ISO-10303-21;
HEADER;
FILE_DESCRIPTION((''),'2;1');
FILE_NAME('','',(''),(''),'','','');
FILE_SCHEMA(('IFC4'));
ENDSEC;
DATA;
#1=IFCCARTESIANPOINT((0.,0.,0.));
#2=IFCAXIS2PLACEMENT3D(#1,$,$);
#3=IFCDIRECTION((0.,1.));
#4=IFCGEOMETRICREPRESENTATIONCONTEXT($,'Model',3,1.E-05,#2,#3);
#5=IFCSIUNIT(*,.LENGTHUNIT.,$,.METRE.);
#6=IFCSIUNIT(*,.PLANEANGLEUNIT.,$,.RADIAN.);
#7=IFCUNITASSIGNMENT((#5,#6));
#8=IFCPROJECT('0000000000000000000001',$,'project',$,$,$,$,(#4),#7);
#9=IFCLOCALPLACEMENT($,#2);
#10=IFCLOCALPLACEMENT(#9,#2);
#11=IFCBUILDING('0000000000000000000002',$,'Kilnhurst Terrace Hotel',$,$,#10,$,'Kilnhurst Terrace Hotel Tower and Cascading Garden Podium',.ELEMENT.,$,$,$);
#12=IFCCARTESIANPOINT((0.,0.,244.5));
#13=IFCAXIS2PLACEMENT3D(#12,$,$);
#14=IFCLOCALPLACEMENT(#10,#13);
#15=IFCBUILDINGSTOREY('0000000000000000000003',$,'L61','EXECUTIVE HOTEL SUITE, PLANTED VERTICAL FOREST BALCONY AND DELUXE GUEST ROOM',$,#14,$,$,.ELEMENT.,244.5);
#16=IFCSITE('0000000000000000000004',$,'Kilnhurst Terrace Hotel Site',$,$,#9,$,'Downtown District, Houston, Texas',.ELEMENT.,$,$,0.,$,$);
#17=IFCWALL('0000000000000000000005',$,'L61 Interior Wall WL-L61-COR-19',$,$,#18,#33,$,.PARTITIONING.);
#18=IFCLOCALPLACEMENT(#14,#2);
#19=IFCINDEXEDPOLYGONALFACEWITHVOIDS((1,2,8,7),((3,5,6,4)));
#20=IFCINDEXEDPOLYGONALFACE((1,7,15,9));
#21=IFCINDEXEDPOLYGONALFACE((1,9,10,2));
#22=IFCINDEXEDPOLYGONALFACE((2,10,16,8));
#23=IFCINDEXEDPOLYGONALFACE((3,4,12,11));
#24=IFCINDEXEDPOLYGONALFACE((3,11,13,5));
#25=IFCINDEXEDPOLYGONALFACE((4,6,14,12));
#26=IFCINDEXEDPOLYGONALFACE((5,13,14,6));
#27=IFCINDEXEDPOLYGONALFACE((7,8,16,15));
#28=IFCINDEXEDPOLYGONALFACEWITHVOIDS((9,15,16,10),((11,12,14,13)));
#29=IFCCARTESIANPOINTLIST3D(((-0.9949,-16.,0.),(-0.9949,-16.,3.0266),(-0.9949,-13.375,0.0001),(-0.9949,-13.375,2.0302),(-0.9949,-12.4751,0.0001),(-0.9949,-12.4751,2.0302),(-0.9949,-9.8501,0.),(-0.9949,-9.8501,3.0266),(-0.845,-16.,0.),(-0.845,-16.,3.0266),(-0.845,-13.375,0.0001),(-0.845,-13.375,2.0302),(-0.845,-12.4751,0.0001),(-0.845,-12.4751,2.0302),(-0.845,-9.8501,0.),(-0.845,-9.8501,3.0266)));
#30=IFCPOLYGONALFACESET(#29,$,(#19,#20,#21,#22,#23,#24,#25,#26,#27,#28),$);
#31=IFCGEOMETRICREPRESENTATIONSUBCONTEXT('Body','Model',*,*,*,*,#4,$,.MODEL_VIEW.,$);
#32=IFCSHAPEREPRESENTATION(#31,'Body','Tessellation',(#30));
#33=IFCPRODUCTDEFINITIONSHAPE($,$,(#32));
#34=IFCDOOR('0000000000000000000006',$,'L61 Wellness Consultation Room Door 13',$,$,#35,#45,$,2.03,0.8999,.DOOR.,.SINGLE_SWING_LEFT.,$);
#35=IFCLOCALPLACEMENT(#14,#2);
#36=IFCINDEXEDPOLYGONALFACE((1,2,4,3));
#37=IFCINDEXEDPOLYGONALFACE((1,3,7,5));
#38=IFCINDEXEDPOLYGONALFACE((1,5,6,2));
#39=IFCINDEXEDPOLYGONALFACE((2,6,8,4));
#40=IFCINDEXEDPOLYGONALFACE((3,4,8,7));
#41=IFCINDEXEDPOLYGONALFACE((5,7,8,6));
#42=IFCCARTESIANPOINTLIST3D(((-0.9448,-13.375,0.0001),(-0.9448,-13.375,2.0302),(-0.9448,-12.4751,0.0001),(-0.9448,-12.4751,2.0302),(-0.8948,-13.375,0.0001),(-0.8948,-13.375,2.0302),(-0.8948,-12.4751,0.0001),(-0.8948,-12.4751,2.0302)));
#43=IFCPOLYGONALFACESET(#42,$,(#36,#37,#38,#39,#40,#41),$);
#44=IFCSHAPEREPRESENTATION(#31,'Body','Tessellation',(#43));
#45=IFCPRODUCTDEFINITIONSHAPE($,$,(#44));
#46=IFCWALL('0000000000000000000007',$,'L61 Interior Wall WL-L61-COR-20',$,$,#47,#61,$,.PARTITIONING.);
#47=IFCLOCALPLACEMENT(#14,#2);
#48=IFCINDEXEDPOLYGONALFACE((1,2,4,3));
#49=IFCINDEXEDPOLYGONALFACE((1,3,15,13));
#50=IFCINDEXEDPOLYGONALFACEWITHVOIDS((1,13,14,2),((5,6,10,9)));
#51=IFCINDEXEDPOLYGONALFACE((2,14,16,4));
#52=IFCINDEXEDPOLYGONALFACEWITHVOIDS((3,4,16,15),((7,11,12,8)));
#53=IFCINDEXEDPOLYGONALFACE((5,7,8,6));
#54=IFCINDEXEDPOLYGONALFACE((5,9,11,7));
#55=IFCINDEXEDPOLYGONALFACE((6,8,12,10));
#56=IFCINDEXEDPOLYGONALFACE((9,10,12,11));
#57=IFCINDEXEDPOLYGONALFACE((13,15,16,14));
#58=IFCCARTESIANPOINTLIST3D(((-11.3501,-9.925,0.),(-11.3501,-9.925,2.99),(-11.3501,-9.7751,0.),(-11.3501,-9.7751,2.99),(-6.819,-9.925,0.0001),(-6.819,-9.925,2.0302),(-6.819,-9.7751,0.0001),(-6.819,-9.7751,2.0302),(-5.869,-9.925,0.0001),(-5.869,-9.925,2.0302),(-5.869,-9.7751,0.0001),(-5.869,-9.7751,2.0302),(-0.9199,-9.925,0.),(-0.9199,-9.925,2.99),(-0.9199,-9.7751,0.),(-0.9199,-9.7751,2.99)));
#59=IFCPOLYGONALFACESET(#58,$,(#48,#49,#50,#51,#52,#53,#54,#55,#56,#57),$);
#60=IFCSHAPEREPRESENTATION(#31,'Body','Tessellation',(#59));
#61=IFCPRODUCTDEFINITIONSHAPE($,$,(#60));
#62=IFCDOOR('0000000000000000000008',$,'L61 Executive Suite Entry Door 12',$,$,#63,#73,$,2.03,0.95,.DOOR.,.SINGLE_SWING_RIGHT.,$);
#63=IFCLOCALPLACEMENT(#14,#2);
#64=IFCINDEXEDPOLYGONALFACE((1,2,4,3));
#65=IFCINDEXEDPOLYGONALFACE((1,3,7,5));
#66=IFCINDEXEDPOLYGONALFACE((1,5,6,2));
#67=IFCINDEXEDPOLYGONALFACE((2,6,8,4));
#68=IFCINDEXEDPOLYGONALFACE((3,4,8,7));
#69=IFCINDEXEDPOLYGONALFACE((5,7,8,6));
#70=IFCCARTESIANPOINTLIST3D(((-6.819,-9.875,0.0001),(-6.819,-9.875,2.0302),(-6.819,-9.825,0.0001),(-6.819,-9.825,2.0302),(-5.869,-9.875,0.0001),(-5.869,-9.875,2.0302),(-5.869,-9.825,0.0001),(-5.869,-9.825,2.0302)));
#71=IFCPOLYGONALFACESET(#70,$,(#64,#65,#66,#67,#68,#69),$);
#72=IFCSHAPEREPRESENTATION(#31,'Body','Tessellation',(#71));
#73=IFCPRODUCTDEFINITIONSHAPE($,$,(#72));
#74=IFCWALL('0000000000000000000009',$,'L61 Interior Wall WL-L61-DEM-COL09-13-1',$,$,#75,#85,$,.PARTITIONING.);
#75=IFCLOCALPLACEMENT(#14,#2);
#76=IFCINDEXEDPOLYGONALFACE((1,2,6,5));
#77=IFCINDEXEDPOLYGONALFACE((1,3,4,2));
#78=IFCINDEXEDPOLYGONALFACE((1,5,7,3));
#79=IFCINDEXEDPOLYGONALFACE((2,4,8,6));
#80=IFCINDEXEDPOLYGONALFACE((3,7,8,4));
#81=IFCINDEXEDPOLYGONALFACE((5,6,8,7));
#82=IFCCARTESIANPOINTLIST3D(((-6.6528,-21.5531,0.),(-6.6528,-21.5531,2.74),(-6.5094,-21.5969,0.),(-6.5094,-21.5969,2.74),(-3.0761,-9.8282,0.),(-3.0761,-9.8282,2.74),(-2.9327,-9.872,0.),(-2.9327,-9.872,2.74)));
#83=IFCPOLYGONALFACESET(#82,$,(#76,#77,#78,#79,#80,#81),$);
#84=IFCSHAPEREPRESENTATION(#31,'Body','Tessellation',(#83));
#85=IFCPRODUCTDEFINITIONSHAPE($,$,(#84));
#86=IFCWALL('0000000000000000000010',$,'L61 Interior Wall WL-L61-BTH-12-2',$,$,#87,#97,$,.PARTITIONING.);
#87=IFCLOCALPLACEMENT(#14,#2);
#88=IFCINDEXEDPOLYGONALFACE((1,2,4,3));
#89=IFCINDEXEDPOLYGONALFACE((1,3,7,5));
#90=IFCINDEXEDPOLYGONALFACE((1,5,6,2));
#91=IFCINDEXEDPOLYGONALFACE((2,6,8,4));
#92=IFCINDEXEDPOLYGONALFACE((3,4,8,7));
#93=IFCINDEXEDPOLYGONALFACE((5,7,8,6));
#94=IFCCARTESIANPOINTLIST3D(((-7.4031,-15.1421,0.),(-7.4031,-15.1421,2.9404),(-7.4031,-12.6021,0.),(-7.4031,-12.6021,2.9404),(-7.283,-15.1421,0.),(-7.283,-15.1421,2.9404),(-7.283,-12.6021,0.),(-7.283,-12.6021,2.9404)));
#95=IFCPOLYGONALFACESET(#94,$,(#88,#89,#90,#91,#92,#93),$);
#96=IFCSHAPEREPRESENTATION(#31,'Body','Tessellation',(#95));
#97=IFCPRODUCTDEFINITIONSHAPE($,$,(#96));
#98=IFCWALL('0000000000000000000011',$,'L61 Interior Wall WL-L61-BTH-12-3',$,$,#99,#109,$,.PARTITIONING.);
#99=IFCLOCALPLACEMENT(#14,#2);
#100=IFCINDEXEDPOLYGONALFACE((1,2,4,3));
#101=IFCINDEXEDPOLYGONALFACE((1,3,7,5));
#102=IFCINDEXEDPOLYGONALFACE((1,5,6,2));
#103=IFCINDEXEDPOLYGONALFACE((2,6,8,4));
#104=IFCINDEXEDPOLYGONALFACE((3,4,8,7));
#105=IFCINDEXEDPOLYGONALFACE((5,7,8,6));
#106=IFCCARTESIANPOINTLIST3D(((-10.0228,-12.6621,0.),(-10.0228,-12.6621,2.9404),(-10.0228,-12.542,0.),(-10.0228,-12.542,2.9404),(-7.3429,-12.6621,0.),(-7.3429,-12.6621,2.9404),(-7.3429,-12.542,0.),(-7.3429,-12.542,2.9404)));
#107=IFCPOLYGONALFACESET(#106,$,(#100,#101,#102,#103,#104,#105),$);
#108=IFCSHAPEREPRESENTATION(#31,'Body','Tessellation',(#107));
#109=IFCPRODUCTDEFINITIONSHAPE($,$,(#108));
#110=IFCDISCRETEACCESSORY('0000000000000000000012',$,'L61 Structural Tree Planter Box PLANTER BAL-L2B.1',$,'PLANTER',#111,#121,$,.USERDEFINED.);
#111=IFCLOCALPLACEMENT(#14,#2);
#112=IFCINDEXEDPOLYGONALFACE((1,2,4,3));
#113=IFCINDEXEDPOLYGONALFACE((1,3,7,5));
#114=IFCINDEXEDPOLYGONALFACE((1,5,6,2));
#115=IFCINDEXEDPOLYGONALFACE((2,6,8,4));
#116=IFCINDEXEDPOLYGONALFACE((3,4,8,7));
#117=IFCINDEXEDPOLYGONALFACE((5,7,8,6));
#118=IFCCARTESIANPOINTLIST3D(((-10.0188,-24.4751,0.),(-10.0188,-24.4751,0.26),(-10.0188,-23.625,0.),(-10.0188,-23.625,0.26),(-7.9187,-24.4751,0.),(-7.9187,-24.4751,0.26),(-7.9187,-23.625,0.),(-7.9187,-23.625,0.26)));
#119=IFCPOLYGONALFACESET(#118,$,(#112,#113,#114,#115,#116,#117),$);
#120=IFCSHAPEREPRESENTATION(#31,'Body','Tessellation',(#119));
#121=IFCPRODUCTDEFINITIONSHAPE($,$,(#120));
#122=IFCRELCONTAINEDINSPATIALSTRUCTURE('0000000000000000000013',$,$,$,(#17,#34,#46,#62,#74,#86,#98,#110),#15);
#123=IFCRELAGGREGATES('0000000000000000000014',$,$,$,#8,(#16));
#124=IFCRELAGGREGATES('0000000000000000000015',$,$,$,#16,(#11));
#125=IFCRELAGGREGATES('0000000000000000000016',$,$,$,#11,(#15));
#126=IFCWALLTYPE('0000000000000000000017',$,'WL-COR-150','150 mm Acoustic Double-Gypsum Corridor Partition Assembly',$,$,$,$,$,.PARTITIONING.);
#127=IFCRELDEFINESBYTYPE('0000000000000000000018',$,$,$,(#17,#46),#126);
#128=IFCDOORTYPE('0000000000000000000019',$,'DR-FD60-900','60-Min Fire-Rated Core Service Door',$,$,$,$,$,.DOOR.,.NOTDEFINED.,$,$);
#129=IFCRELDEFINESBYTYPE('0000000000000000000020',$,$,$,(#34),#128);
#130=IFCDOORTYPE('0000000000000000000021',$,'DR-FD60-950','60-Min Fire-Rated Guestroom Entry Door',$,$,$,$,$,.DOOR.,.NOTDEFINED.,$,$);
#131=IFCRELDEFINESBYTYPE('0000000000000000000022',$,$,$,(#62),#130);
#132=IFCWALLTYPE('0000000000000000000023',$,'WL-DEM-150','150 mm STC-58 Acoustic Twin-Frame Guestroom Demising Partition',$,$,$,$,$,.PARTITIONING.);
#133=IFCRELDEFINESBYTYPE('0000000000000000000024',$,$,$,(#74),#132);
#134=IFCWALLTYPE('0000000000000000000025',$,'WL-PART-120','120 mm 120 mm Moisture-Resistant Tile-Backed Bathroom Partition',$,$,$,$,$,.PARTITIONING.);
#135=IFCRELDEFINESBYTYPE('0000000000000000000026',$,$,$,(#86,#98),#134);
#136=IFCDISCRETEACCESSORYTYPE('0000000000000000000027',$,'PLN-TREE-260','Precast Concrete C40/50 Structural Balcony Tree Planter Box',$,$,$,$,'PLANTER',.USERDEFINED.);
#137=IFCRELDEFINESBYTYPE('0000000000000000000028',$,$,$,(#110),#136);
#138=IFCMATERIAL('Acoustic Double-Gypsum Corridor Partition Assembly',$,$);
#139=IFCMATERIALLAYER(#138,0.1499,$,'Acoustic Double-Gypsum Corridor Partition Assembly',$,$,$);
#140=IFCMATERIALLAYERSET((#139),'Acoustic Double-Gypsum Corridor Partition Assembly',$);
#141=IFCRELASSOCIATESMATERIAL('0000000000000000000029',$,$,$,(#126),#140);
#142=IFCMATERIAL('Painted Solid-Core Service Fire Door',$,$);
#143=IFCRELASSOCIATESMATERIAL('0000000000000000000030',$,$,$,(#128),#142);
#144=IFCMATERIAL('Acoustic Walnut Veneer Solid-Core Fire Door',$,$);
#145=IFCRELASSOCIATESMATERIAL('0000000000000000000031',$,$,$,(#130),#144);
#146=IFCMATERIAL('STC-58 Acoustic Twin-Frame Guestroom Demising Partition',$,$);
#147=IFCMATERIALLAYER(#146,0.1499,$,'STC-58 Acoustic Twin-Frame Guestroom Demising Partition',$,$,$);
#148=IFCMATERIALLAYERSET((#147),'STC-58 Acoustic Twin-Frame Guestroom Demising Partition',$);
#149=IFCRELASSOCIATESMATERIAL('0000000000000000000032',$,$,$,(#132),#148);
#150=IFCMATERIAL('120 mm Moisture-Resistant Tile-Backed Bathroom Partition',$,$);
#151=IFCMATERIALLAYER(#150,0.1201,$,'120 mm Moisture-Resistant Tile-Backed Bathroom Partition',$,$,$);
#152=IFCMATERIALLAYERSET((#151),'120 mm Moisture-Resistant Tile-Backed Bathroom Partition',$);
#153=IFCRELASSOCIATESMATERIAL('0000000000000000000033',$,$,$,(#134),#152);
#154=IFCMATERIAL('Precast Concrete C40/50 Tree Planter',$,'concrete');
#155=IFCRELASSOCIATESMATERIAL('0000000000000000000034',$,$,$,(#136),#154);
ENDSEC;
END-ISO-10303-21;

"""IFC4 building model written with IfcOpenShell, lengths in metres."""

from ifc_helpers import new_model, si_unit, direction, frame, frame_2d, origin, origin_2d, place, context, subcontext, project, spatial, rectangle, extrude, material, layer, layer_set, type_object, element, fill, save


model = new_model("IFC4")

# Units and contexts
model_context = context("Model", 3, precision=1e-05, world=origin(), true_north=direction((0.0, 1.0)))
body_context = subcontext(model_context, "Body", "Model", "MODEL_VIEW")
ifc_project = project(units=[si_unit("LENGTHUNIT", "METRE"), si_unit("PLANEANGLEUNIT", "RADIAN")], contexts=[model_context])

# Site, building, storey
site_placement = place(None, origin())
site = spatial("IfcSite", under=ifc_project, at=site_placement, Name="Kilnhurst Terrace Hotel Site", LongName="Downtown District, Houston, Texas", CompositionType="ELEMENT", RefElevation=0.0)
building_placement = place(site_placement, origin())
building = spatial("IfcBuilding", under=site, at=building_placement, Name="Kilnhurst Terrace Hotel", LongName="Kilnhurst Terrace Hotel Tower and Cascading Garden Podium", CompositionType="ELEMENT")
storey_placement = place(building_placement, frame((0.0, 0.0, 244.5)))
storey = spatial("IfcBuildingStorey", under=building, at=storey_placement, Name="L61", Description="EXECUTIVE HOTEL SUITE, PLANTED VERTICAL FOREST BALCONY AND DELUXE GUEST ROOM", CompositionType="ELEMENT", Elevation=244.5)

# Walls, openings, doors
ifc_material_1 = material(Name="Acoustic Double-Gypsum Corridor Partition Assembly")
ifc_layer_1 = layer(ifc_material_1, 0.1499, Name="Acoustic Double-Gypsum Corridor Partition Assembly")
ifc_layer_set_1 = layer_set([ifc_layer_1], Name="Acoustic Double-Gypsum Corridor Partition Assembly")
wall_type_1 = type_object("IfcWallType", Name="WL-COR-150", Description="150 mm Acoustic Double-Gypsum Corridor Partition Assembly", PredefinedType="PARTITIONING", material=ifc_layer_set_1)
wall_1_placement = place(storey_placement, frame((-0.9199, -16.0, 0.0), z_axis=(0.0, 0.0, 1.0), x_axis=(0.0, 1.0, 0.0)))
wall_1 = element("IfcWall", 1, at=wall_1_placement, inside=storey, type_object=wall_type_1, Name="L61 Interior Wall WL-L61-COR-19", PredefinedType="PARTITIONING", context=body_context, shape_type="SweptSolid", body=[
    extrude(rectangle(XDim=6.1499, YDim=0.1499, at=frame_2d((3.075, 0.0))), origin(), (0.0, 0.0, 1.0), 3.0266),
])
opening_1_placement = place(wall_1_placement, frame((2.625, 0.0, 0.0)))
opening_1 = element("IfcOpeningElement", 2, at=opening_1_placement, cuts=wall_1, PredefinedType="OPENING", context=body_context, shape_type="SweptSolid", body=[
    extrude(rectangle(XDim=0.8999, YDim=2.03, at=frame_2d((0.45, 1.0151))), frame((0.0, 0.085, 0.0), z_axis=(0.0, -1.0, 0.0), x_axis=(1.0, 0.0, 0.0)), (0.0, 0.0, 1.0), 0.1699),
])
ifc_material_2 = material(Name="Painted Solid-Core Service Fire Door")
door_type_1 = type_object("IfcDoorType", Name="DR-FD60-900", Description="60-Min Fire-Rated Core Service Door", OperationType="NOTDEFINED", PredefinedType="DOOR", material=ifc_material_2)
door_1_placement = place(opening_1_placement, origin())
door_1 = element("IfcDoor", 3, at=door_1_placement, inside=storey, type_object=door_type_1, Name="L61 Wellness Consultation Room Door 13", OperationType="SINGLE_SWING_LEFT", OverallHeight=2.03, OverallWidth=0.8999, PredefinedType="DOOR", context=body_context, shape_type="SweptSolid", body=[
    extrude(rectangle(XDim=0.8999, YDim=2.03, at=frame_2d((0.45, 1.0151))), frame((0.0, 0.0249, 0.0), z_axis=(0.0, -1.0, 0.0), x_axis=(1.0, 0.0, 0.0)), (0.0, 0.0, 1.0), 0.05),
])
fill(opening_1, door_1)
wall_2_placement = place(storey_placement, frame((-0.9199, -9.8501, 0.0), z_axis=(0.0, 0.0, 1.0), x_axis=(-1.0, 0.0, 0.0)))
wall_2 = element("IfcWall", 4, at=wall_2_placement, inside=storey, type_object=wall_type_1, Name="L61 Interior Wall WL-L61-COR-20", PredefinedType="PARTITIONING", context=body_context, shape_type="SweptSolid", body=[
    extrude(rectangle(XDim=10.4302, YDim=0.1499, at=frame_2d((5.2151, 0.0))), origin(), (0.0, 0.0, 1.0), 2.99),
])
opening_2_placement = place(wall_2_placement, frame((4.949, 0.0, 0.0)))
opening_2 = element("IfcOpeningElement", 5, at=opening_2_placement, cuts=wall_2, PredefinedType="OPENING", context=body_context, shape_type="SweptSolid", body=[
    extrude(rectangle(XDim=0.95, YDim=2.03, at=frame_2d((0.4751, 1.0151))), frame((0.0, 0.085, 0.0), z_axis=(0.0, -1.0, 0.0), x_axis=(1.0, 0.0, 0.0)), (0.0, 0.0, 1.0), 0.1699),
])
ifc_material_3 = material(Name="Acoustic Walnut Veneer Solid-Core Fire Door")
door_type_2 = type_object("IfcDoorType", Name="DR-FD60-950", Description="60-Min Fire-Rated Guestroom Entry Door", OperationType="NOTDEFINED", PredefinedType="DOOR", material=ifc_material_3)
door_2_placement = place(opening_2_placement, origin())
door_2 = element("IfcDoor", 6, at=door_2_placement, inside=storey, type_object=door_type_2, Name="L61 Executive Suite Entry Door 12", OperationType="SINGLE_SWING_RIGHT", OverallHeight=2.03, OverallWidth=0.95, PredefinedType="DOOR", context=body_context, shape_type="SweptSolid", body=[
    extrude(rectangle(XDim=0.95, YDim=2.03, at=frame_2d((0.4751, 1.0151))), frame((0.0, 0.0249, 0.0), z_axis=(0.0, -1.0, 0.0), x_axis=(1.0, 0.0, 0.0)), (0.0, 0.0, 1.0), 0.05),
])
fill(opening_2, door_2)

# Walls
ifc_material_4 = material(Name="STC-58 Acoustic Twin-Frame Guestroom Demising Partition")
ifc_layer_2 = layer(ifc_material_4, 0.1499, Name="STC-58 Acoustic Twin-Frame Guestroom Demising Partition")
ifc_layer_set_2 = layer_set([ifc_layer_2], Name="STC-58 Acoustic Twin-Frame Guestroom Demising Partition")
wall_type_2 = type_object("IfcWallType", Name="WL-DEM-150", Description="150 mm STC-58 Acoustic Twin-Frame Guestroom Demising Partition", PredefinedType="PARTITIONING", material=ifc_layer_set_2)
wall_3_placement = place(storey_placement, frame((-3.0044, -9.8501, 0.0), z_axis=(0.0, 0.0, 1.0), x_axis=(-0.291776, -0.956487, 0.0)))
element("IfcWall", 7, at=wall_3_placement, inside=storey, type_object=wall_type_2, Name="L61 Interior Wall WL-L61-DEM-COL09-13-1", PredefinedType="PARTITIONING", context=body_context, shape_type="SweptSolid", body=[
    extrude(rectangle(XDim=12.2583, YDim=0.1499, at=frame_2d((6.1292, 0.0))), origin(), (0.0, 0.0, 1.0), 2.74),
])
ifc_material_5 = material(Name="120 mm Moisture-Resistant Tile-Backed Bathroom Partition")
ifc_layer_3 = layer(ifc_material_5, 0.1201, Name="120 mm Moisture-Resistant Tile-Backed Bathroom Partition")
ifc_layer_set_3 = layer_set([ifc_layer_3], Name="120 mm Moisture-Resistant Tile-Backed Bathroom Partition")
wall_type_3 = type_object("IfcWallType", Name="WL-PART-120", Description="120 mm 120 mm Moisture-Resistant Tile-Backed Bathroom Partition", PredefinedType="PARTITIONING", material=ifc_layer_set_3)
wall_4_placement = place(storey_placement, frame((-7.343, -15.1421, 0.0), z_axis=(0.0, 0.0, 1.0), x_axis=(0.0, 1.0, 0.0)))
element("IfcWall", 8, at=wall_4_placement, inside=storey, type_object=wall_type_3, Name="L61 Interior Wall WL-L61-BTH-12-2", PredefinedType="PARTITIONING", context=body_context, shape_type="SweptSolid", body=[
    extrude(rectangle(XDim=2.54, YDim=0.1201, at=frame_2d((1.27, 0.0))), origin(), (0.0, 0.0, 1.0), 2.9404),
])
wall_5_placement = place(storey_placement, frame((-7.343, -12.6021, 0.0), z_axis=(0.0, 0.0, 1.0), x_axis=(-1.0, 0.0, 0.0)))
element("IfcWall", 9, at=wall_5_placement, inside=storey, type_object=wall_type_3, Name="L61 Interior Wall WL-L61-BTH-12-3", PredefinedType="PARTITIONING", context=body_context, shape_type="SweptSolid", body=[
    extrude(rectangle(XDim=2.6799, YDim=0.1201, at=frame_2d((1.3398, 0.0))), origin(), (0.0, 0.0, 1.0), 2.9404),
])

# Discrete accessory
ifc_material_6 = material(Name="Precast Concrete C40/50 Tree Planter", Category="concrete")
discrete_accessory_type = type_object("IfcDiscreteAccessoryType", Name="PLN-TREE-260", Description="Precast Concrete C40/50 Structural Balcony Tree Planter Box", ElementType="PLANTER", PredefinedType="USERDEFINED", material=ifc_material_6)
discrete_accessory_placement = place(storey_placement, frame((-8.9688, -24.05, 0.0), z_axis=(0.0, 0.0, 1.0), x_axis=(1.0, 0.0, 0.0)))
element("IfcDiscreteAccessory", 10, at=discrete_accessory_placement, inside=storey, type_object=discrete_accessory_type, Name="L61 Structural Tree Planter Box PLANTER BAL-L2B.1", ObjectType="PLANTER", PredefinedType="USERDEFINED", context=body_context, shape_type="SweptSolid", body=[
    extrude(rectangle(XDim=2.1001, YDim=0.8501, at=origin_2d()), origin(), (0.0, 0.0, 1.0), 0.26),
])

save(model, "model.ifc")
